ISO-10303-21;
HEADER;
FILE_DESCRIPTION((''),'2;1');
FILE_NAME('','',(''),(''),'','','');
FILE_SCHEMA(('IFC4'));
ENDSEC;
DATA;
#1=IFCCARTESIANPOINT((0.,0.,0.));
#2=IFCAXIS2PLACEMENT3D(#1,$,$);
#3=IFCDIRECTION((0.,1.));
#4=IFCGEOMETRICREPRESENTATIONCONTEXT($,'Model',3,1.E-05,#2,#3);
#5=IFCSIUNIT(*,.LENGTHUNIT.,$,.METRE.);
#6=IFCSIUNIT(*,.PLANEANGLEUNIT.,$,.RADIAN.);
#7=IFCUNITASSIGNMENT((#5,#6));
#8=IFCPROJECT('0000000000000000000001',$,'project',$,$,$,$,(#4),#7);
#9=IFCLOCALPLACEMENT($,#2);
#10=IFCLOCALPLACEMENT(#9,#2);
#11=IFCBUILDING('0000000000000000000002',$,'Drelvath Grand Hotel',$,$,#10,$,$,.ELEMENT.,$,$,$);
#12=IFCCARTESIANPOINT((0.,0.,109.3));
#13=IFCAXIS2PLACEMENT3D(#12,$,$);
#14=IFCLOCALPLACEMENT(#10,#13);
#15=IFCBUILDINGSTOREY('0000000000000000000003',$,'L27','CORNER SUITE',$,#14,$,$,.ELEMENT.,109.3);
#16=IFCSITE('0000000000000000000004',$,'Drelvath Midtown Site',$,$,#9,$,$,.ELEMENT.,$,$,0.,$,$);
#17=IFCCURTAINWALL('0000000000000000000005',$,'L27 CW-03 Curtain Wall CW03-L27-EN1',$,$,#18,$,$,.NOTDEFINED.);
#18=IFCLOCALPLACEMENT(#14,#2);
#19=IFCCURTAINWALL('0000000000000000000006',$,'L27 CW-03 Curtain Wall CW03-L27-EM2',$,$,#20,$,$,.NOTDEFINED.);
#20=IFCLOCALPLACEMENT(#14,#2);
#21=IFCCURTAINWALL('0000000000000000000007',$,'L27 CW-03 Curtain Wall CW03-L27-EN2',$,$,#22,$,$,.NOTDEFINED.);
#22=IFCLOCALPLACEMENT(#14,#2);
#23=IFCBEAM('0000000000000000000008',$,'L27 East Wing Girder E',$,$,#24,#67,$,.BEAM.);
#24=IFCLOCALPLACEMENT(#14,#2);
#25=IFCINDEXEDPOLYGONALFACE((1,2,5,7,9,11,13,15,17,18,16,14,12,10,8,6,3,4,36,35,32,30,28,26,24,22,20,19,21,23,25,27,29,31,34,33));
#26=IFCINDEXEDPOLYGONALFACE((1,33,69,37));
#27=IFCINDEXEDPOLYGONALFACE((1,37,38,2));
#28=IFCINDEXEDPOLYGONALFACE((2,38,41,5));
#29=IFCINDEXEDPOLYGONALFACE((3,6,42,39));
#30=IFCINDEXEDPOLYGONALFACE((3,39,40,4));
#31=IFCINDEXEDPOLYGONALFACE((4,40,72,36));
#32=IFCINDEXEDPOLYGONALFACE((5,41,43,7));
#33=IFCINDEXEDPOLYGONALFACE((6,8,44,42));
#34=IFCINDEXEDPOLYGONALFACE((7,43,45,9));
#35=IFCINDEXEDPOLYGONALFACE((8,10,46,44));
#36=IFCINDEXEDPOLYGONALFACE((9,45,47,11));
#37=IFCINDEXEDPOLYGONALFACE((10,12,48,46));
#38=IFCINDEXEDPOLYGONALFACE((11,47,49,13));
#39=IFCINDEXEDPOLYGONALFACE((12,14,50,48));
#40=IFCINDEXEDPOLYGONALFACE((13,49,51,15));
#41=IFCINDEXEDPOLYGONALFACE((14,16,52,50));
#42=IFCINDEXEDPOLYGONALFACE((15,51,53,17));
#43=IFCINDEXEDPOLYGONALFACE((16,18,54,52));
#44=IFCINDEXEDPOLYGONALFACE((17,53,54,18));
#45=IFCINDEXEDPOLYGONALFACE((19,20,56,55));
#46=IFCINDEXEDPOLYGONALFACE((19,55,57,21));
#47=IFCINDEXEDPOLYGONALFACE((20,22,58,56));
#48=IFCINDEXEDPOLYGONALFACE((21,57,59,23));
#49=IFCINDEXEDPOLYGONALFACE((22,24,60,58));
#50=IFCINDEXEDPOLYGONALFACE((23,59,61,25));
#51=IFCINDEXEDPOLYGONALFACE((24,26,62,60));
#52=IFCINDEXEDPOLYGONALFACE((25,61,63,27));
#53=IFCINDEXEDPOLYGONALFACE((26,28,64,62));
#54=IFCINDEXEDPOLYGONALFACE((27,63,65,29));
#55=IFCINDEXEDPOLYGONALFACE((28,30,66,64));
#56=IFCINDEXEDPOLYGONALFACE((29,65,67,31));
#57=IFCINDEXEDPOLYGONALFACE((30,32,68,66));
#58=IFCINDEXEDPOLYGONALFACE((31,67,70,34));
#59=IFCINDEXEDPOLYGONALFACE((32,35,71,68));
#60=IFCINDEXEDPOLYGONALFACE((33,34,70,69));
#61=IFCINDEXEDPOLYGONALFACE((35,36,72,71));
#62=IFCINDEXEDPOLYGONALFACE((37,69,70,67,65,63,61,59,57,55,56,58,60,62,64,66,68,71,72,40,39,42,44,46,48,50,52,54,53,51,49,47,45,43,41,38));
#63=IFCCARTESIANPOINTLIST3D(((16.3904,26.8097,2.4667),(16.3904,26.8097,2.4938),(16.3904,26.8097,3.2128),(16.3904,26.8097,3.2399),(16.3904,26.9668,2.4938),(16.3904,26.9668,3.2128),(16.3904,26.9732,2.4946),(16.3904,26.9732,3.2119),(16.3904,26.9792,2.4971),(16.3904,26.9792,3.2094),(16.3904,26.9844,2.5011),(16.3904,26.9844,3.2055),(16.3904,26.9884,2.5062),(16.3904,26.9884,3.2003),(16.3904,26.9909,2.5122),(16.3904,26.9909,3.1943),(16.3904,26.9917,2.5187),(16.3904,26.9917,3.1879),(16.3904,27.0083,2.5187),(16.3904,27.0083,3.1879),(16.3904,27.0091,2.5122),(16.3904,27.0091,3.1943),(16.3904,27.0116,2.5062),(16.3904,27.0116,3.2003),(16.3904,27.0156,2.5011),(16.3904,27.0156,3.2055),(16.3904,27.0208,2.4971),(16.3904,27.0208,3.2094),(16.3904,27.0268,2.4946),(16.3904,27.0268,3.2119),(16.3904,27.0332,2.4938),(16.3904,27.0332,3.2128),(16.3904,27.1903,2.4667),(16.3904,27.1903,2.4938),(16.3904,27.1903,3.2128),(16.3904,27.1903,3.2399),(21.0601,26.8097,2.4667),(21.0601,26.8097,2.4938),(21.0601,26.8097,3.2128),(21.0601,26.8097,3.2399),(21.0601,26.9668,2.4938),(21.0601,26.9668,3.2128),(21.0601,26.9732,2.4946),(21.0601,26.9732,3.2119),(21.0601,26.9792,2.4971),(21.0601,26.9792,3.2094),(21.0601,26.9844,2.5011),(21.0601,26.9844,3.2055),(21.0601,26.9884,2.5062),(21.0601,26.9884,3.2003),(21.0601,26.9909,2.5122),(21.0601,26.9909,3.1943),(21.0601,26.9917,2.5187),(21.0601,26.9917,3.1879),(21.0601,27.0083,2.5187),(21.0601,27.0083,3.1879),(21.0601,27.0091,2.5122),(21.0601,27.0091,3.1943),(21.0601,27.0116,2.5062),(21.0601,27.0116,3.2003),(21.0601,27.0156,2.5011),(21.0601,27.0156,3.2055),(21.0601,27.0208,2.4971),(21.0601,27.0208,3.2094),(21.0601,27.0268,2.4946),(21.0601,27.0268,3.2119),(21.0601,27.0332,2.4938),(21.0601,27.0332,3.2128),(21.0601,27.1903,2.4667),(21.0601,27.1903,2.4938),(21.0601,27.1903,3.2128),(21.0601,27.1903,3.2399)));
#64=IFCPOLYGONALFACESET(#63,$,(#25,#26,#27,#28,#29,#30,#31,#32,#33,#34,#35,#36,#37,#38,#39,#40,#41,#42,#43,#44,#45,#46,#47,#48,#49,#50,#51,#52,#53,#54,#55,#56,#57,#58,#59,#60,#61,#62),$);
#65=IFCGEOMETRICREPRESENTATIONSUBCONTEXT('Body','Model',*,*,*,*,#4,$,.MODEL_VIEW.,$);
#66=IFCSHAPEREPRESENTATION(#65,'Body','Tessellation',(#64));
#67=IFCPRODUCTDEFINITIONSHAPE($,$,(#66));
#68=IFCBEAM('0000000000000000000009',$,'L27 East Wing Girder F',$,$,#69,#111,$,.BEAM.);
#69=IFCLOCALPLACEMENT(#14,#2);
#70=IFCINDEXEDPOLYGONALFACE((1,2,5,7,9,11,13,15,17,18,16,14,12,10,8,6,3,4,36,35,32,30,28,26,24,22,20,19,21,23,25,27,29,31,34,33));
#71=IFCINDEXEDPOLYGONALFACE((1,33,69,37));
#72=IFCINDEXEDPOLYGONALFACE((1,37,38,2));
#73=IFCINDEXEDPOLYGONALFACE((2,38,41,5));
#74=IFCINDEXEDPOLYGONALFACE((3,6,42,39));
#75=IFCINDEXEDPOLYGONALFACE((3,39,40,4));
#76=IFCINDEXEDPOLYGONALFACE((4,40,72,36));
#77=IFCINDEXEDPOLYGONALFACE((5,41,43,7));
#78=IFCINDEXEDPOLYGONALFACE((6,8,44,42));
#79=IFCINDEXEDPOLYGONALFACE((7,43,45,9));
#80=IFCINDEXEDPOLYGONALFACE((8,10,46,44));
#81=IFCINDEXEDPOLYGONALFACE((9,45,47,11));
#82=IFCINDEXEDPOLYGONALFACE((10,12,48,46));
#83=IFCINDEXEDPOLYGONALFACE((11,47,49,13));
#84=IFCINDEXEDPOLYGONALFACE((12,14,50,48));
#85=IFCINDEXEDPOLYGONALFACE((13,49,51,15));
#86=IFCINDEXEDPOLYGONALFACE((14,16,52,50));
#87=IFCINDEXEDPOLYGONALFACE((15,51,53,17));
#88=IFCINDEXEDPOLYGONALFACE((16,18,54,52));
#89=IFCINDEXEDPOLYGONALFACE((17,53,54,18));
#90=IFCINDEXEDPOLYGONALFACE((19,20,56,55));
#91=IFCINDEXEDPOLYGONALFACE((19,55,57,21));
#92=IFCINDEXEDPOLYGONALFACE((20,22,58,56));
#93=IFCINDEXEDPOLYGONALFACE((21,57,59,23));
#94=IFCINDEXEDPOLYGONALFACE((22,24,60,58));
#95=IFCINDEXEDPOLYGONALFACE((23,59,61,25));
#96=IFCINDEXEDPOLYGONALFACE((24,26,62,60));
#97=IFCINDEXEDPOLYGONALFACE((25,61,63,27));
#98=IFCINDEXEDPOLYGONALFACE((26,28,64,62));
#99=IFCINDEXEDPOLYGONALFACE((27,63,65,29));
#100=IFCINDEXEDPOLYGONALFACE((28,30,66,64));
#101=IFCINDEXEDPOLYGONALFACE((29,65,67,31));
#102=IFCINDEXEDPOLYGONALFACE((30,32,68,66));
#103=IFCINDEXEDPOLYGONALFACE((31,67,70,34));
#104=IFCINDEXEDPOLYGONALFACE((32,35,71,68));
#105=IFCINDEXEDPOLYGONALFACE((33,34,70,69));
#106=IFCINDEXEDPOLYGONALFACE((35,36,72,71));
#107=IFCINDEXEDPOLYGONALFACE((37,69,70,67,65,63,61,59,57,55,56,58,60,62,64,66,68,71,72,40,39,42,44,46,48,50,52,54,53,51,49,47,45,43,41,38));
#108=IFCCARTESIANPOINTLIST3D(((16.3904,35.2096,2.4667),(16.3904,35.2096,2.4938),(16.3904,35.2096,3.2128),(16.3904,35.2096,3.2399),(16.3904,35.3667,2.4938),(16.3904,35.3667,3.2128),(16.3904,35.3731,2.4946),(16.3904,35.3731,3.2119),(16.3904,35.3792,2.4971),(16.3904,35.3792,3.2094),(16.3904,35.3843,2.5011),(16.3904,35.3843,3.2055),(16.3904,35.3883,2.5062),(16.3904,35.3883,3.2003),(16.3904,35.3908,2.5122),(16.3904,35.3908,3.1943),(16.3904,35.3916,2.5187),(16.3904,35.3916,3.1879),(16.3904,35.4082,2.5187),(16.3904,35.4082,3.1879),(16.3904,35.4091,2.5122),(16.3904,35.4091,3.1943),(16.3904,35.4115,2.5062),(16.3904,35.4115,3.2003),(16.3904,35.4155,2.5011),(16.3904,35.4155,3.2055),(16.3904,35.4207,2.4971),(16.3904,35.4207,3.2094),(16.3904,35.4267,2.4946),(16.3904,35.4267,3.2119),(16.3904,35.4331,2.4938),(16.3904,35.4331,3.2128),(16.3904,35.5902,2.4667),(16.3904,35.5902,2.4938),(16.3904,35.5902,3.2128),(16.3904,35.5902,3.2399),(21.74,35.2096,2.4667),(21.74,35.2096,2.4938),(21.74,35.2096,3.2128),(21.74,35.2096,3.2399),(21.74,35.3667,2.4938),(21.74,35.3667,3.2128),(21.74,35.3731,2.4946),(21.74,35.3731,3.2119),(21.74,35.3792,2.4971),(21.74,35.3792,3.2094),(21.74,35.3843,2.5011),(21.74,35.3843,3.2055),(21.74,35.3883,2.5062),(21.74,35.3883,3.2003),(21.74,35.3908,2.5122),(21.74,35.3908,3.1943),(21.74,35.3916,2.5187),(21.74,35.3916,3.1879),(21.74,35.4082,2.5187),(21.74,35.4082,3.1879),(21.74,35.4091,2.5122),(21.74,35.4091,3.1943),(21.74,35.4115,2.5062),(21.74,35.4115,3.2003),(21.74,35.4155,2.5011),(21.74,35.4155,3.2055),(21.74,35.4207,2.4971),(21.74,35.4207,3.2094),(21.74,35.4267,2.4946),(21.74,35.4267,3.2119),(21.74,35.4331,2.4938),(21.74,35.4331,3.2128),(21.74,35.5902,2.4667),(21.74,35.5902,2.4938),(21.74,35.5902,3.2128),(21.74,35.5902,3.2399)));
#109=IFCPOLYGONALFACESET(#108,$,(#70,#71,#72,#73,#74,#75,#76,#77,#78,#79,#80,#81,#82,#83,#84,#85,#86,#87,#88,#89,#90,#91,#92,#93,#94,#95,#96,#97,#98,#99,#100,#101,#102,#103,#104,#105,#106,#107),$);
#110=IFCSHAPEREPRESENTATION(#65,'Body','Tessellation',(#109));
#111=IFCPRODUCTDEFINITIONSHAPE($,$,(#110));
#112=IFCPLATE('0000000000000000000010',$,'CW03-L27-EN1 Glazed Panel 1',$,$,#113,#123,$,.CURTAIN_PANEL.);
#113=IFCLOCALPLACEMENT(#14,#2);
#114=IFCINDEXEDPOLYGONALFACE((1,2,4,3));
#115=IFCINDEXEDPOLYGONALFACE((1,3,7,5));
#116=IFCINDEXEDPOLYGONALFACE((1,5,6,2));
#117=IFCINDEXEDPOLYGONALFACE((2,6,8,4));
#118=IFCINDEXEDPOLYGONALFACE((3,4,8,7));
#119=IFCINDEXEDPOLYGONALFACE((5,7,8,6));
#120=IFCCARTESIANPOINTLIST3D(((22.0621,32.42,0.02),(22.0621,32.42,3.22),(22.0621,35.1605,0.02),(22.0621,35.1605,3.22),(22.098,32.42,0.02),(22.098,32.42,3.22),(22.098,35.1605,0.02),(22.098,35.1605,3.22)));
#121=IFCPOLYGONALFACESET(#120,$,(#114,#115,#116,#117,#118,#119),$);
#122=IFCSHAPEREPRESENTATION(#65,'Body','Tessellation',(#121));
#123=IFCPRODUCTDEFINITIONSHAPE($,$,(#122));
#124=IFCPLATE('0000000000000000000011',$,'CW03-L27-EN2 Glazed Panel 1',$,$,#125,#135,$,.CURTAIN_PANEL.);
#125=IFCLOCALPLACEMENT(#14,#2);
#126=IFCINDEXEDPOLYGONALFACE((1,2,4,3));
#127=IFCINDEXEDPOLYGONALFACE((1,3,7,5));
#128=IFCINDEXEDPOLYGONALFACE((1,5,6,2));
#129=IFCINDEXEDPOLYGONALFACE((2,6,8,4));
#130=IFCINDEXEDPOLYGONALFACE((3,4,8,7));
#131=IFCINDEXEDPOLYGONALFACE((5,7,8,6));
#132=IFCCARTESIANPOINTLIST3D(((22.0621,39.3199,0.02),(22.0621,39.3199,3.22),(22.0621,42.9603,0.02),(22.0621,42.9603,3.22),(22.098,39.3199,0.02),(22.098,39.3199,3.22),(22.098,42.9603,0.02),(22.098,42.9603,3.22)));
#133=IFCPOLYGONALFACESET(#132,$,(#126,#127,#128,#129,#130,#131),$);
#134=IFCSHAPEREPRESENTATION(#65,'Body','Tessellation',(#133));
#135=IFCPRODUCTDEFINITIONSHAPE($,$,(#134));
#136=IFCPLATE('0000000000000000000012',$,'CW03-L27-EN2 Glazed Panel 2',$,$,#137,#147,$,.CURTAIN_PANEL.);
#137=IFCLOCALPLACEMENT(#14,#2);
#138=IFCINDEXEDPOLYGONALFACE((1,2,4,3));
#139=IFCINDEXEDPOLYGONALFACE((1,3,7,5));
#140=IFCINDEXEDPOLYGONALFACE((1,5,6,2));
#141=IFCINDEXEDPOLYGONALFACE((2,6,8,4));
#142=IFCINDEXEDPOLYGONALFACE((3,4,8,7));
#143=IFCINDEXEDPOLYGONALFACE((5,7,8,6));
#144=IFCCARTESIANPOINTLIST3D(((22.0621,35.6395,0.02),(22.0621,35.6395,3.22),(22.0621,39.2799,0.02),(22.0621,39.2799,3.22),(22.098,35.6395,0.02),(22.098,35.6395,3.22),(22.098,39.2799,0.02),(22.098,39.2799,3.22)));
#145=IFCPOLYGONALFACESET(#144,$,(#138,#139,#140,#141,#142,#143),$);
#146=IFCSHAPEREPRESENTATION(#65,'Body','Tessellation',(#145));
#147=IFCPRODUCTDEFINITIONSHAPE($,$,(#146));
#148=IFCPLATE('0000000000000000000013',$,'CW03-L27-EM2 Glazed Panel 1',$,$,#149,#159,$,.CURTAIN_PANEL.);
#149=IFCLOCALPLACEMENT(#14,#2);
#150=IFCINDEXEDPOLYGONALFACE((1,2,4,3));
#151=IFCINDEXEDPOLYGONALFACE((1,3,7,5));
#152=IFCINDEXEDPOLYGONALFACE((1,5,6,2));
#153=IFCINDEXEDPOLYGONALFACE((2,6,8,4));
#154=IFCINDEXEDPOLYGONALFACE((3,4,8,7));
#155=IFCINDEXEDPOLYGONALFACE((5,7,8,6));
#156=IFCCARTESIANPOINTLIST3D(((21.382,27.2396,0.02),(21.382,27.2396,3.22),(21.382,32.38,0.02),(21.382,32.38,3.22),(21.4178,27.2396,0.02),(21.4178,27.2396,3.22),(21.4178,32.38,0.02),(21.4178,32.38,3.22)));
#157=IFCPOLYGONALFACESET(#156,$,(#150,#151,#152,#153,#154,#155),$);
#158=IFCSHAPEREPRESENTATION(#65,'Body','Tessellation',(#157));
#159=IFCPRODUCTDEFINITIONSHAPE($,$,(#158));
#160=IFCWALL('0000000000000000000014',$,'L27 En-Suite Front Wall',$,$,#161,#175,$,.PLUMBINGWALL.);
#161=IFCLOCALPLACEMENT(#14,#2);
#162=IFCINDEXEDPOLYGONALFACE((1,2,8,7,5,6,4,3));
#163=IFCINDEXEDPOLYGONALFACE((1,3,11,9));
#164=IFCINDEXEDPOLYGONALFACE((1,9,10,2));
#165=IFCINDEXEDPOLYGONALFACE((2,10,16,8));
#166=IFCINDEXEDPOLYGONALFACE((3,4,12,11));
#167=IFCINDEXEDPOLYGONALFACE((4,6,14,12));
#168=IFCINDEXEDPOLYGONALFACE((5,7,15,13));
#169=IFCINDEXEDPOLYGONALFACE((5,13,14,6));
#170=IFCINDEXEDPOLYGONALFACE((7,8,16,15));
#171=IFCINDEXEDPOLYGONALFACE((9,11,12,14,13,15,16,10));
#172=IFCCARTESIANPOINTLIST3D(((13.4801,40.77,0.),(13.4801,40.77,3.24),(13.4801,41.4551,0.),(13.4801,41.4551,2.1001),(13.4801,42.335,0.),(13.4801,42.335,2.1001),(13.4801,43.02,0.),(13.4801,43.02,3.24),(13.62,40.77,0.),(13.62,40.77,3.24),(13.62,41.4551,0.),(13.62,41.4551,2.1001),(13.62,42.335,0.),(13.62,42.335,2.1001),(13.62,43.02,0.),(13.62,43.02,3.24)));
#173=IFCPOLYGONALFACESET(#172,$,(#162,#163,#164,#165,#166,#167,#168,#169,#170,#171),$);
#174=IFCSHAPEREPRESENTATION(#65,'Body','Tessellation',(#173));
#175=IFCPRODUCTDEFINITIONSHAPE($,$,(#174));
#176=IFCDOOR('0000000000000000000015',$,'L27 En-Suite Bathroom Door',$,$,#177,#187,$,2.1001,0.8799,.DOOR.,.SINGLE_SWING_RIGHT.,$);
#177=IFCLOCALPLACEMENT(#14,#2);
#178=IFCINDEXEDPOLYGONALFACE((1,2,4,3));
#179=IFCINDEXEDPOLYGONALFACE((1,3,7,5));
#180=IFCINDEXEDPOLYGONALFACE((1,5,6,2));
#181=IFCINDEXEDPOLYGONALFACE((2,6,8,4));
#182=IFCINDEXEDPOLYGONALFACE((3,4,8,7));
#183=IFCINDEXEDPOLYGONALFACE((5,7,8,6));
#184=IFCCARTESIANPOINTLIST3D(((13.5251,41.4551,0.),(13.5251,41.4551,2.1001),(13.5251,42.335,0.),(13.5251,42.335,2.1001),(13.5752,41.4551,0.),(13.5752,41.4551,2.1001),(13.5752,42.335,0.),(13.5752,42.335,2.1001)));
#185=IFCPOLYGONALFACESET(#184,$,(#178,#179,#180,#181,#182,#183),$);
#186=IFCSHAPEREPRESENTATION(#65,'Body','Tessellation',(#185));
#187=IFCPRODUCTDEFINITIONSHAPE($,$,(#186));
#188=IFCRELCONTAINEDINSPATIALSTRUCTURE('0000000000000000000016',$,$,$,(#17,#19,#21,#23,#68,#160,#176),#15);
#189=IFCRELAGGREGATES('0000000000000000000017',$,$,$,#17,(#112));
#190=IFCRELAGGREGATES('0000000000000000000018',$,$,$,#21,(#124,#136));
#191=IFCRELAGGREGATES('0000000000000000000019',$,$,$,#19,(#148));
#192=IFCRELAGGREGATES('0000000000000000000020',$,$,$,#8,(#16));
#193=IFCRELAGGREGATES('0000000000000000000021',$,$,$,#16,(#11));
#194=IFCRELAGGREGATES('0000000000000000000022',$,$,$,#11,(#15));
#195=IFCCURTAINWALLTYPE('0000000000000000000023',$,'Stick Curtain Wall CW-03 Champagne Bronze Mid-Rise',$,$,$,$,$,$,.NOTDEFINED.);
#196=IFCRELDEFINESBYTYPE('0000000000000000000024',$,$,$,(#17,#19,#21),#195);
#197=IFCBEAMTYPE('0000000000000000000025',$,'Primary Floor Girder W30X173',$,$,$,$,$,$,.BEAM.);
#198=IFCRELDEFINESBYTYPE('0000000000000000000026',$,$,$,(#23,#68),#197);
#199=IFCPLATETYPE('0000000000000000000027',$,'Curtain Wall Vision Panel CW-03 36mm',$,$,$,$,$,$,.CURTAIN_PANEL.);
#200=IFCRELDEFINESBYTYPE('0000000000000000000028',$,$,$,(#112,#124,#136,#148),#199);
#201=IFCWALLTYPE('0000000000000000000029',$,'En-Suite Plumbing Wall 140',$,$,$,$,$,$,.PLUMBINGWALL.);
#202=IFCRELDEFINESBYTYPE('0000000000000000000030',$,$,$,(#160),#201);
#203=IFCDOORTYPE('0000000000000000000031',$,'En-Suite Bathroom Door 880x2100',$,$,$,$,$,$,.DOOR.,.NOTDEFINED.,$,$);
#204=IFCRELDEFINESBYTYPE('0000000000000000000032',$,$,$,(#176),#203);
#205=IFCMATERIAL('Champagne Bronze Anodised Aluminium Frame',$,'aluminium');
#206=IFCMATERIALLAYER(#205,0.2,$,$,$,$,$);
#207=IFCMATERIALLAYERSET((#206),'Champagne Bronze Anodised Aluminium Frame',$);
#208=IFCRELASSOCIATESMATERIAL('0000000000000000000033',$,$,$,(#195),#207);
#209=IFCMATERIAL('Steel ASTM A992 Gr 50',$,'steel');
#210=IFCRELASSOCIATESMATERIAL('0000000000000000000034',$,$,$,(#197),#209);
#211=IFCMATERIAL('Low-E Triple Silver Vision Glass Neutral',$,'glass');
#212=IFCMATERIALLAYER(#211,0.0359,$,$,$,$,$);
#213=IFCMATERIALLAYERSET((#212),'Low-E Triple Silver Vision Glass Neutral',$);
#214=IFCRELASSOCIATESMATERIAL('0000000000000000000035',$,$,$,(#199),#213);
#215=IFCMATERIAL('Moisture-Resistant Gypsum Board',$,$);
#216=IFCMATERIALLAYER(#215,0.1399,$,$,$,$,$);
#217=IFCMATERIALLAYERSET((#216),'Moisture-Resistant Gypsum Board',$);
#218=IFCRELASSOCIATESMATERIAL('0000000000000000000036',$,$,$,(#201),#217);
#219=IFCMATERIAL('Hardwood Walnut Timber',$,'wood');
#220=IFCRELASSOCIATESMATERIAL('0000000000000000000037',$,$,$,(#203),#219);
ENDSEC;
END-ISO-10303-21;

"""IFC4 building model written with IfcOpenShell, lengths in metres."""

from ifc_helpers import new_model, si_unit, direction, frame, frame_2d, origin, origin_2d, place, context, subcontext, project, spatial, rectangle, i_section, extrude, material, layer, layer_set, material_profile, profile_set, type_object, element, fill, aggregate, save


model = new_model("IFC4")

# Units and contexts
model_context = context("Model", 3, precision=1e-05, world=origin(), true_north=direction((0.0, 1.0)))
body_context = subcontext(model_context, "Body", "Model", "MODEL_VIEW")
ifc_project = project(units=[si_unit("LENGTHUNIT", "METRE"), si_unit("PLANEANGLEUNIT", "RADIAN")], contexts=[model_context])

# Site, building, storey
site_placement = place(None, origin())
site = spatial("IfcSite", under=ifc_project, at=site_placement, Name="Drelvath Midtown Site", CompositionType="ELEMENT", RefElevation=0.0)
building_placement = place(site_placement, origin())
building = spatial("IfcBuilding", under=site, at=building_placement, Name="Drelvath Grand Hotel", CompositionType="ELEMENT")
storey_placement = place(building_placement, frame((0.0, 0.0, 109.3)))
storey = spatial("IfcBuildingStorey", under=building, at=storey_placement, Name="L27", Description="CORNER SUITE", CompositionType="ELEMENT", Elevation=109.3)

# Curtain walls
ifc_material_1 = material(Name="Champagne Bronze Anodised Aluminium Frame", Category="aluminium")
ifc_layer_1 = layer(ifc_material_1, 0.2)
ifc_layer_set_1 = layer_set([ifc_layer_1], Name="Champagne Bronze Anodised Aluminium Frame")
curtain_wall_type = type_object("IfcCurtainWallType", Name="Stick Curtain Wall CW-03 Champagne Bronze Mid-Rise", PredefinedType="NOTDEFINED", material=ifc_layer_set_1)
curtain_wall_1_placement = place(storey_placement, origin())
curtain_wall_1 = element("IfcCurtainWall", 1, at=curtain_wall_1_placement, inside=storey, type_object=curtain_wall_type, Name="L27 CW-03 Curtain Wall CW03-L27-EN1", PredefinedType="NOTDEFINED")
curtain_wall_2_placement = place(storey_placement, origin())
curtain_wall_2 = element("IfcCurtainWall", 2, at=curtain_wall_2_placement, inside=storey, type_object=curtain_wall_type, Name="L27 CW-03 Curtain Wall CW03-L27-EM2", PredefinedType="NOTDEFINED")

# Curtain wall
curtain_wall_3_placement = place(storey_placement, origin())
curtain_wall_3 = element("IfcCurtainWall", 3, at=curtain_wall_3_placement, inside=storey, type_object=curtain_wall_type, Name="L27 CW-03 Curtain Wall CW03-L27-EN2", PredefinedType="NOTDEFINED")

# Beams
ifc_material_2 = material(Name="Steel ASTM A992 Gr 50", Category="steel")
ifc_material_profile_1 = material_profile(ifc_material_2, i_section(OverallWidth=0.3806, OverallDepth=0.7732, WebThickness=0.0166, FlangeThickness=0.0271, FilletRadius=0.0249, at=origin_2d()), Name="W30X173")
ifc_profile_set_1 = profile_set([ifc_material_profile_1], Name="Steel ASTM A992 Gr 50")
beam_type_1 = type_object("IfcBeamType", Name="Primary Floor Girder W30X173", PredefinedType="BEAM", material=ifc_profile_set_1)
beam_1_placement = place(storey_placement, frame((16.3904, 27.0, 2.8533), z_axis=(1.0, 0.0, 0.0), x_axis=(0.0, 1.0, 0.0)))
element("IfcBeam", 4, at=beam_1_placement, inside=storey, type_object=beam_type_1, Name="L27 East Wing Girder E", PredefinedType="BEAM", context=body_context, shape_type="SweptSolid", body=[
    extrude(i_section(OverallWidth=0.3806, OverallDepth=0.7732, WebThickness=0.0166, FlangeThickness=0.0271, FilletRadius=0.0249, at=origin_2d()), origin(), (0.0, 0.0, 1.0), 4.6697),
])
beam_2_placement = place(storey_placement, frame((16.3904, 35.3999, 2.8533), z_axis=(1.0, 0.0, 0.0), x_axis=(0.0, 1.0, 0.0)))
element("IfcBeam", 5, at=beam_2_placement, inside=storey, type_object=beam_type_1, Name="L27 East Wing Girder F", PredefinedType="BEAM", context=body_context, shape_type="SweptSolid", body=[
    extrude(i_section(OverallWidth=0.3806, OverallDepth=0.7732, WebThickness=0.0166, FlangeThickness=0.0271, FilletRadius=0.0249, at=origin_2d()), origin(), (0.0, 0.0, 1.0), 5.3496),
])

# Plates
ifc_material_3 = material(Name="Low-E Triple Silver Vision Glass Neutral", Category="glass")
ifc_layer_2 = layer(ifc_material_3, 0.0359)
ifc_layer_set_2 = layer_set([ifc_layer_2], Name="Low-E Triple Silver Vision Glass Neutral")
plate_type = type_object("IfcPlateType", Name="Curtain Wall Vision Panel CW-03 36mm", PredefinedType="CURTAIN_PANEL", material=ifc_layer_set_2)
plate_1_placement = place(storey_placement, frame((22.0801, 33.7903, 0.02), z_axis=(0.0, 0.0, 1.0), x_axis=(0.0, -1.0, 0.0)))
plate_1 = element("IfcPlate", 6, at=plate_1_placement, type_object=plate_type, Name="CW03-L27-EN1 Glazed Panel 1", PredefinedType="CURTAIN_PANEL", context=body_context, shape_type="SweptSolid", body=[
    extrude(rectangle(XDim=2.7405, YDim=0.0359, at=origin_2d()), origin(), (0.0, 0.0, 1.0), 3.2),
])
aggregate(curtain_wall_1, [plate_1])
plate_2_placement = place(storey_placement, frame((22.0801, 41.1401, 0.02), z_axis=(0.0, 0.0, 1.0), x_axis=(0.0, -1.0, 0.0)))
plate_2 = element("IfcPlate", 7, at=plate_2_placement, type_object=plate_type, Name="CW03-L27-EN2 Glazed Panel 1", PredefinedType="CURTAIN_PANEL", context=body_context, shape_type="SweptSolid", body=[
    extrude(rectangle(XDim=3.6404, YDim=0.0359, at=origin_2d()), origin(), (0.0, 0.0, 1.0), 3.2),
])
plate_3_placement = place(storey_placement, frame((22.0801, 37.4597, 0.02), z_axis=(0.0, 0.0, 1.0), x_axis=(0.0, -1.0, 0.0)))
plate_3 = element("IfcPlate", 8, at=plate_3_placement, type_object=plate_type, Name="CW03-L27-EN2 Glazed Panel 2", PredefinedType="CURTAIN_PANEL", context=body_context, shape_type="SweptSolid", body=[
    extrude(rectangle(XDim=3.6404, YDim=0.0359, at=origin_2d()), origin(), (0.0, 0.0, 1.0), 3.2),
])
aggregate(curtain_wall_3, [plate_2, plate_3])
plate_4_placement = place(storey_placement, frame((21.3999, 29.8098, 0.02), z_axis=(0.0, 0.0, 1.0), x_axis=(0.0, -1.0, 0.0)))
plate_4 = element("IfcPlate", 9, at=plate_4_placement, type_object=plate_type, Name="CW03-L27-EM2 Glazed Panel 1", PredefinedType="CURTAIN_PANEL", context=body_context, shape_type="SweptSolid", body=[
    extrude(rectangle(XDim=5.1404, YDim=0.0359, at=origin_2d()), origin(), (0.0, 0.0, 1.0), 3.2),
])
aggregate(curtain_wall_2, [plate_4])

# Wall, opening, door
ifc_material_4 = material(Name="Moisture-Resistant Gypsum Board")
ifc_layer_3 = layer(ifc_material_4, 0.1399)
ifc_layer_set_3 = layer_set([ifc_layer_3], Name="Moisture-Resistant Gypsum Board")
wall_type_1 = type_object("IfcWallType", Name="En-Suite Plumbing Wall 140", PredefinedType="PLUMBINGWALL", material=ifc_layer_set_3)
wall_1_placement = place(storey_placement, frame((13.55, 40.77, 0.0), z_axis=(0.0, 0.0, 1.0), x_axis=(0.0, 1.0, 0.0)))
wall_1 = element("IfcWall", 10, at=wall_1_placement, inside=storey, type_object=wall_type_1, Name="L27 En-Suite Front Wall", PredefinedType="PLUMBINGWALL", context=body_context, shape_type="SweptSolid", body=[
    extrude(rectangle(XDim=2.25, YDim=0.1399, at=frame_2d((1.125, 0.0))), origin(), (0.0, 0.0, 1.0), 3.24),
])
opening_placement = place(wall_1_placement, frame((0.6851, 0.0, 0.0)))
opening = element("IfcOpeningElement", 11, at=opening_placement, cuts=wall_1, PredefinedType="OPENING", context=body_context, shape_type="SweptSolid", body=[
    extrude(rectangle(XDim=0.8799, YDim=2.1001, at=frame_2d((0.4399, 1.05))), frame((0.0, 0.0798, 0.0), z_axis=(0.0, -1.0, 0.0), x_axis=(1.0, 0.0, 0.0)), (0.0, 0.0, 1.0), 0.1599),
])
ifc_material_5 = material(Name="Hardwood Walnut Timber", Category="wood")
door_type = type_object("IfcDoorType", Name="En-Suite Bathroom Door 880x2100", OperationType="NOTDEFINED", PredefinedType="DOOR", material=ifc_material_5)
door_placement = place(opening_placement, origin())
door = element("IfcDoor", 12, at=door_placement, inside=storey, type_object=door_type, Name="L27 En-Suite Bathroom Door", OperationType="SINGLE_SWING_RIGHT", OverallHeight=2.1001, OverallWidth=0.8799, PredefinedType="DOOR", context=body_context, shape_type="SweptSolid", body=[
    extrude(rectangle(XDim=0.8799, YDim=2.1001, at=frame_2d((0.4399, 1.05))), frame((0.0, 0.0249, 0.0), z_axis=(0.0, -1.0, 0.0), x_axis=(1.0, 0.0, 0.0)), (0.0, 0.0, 1.0), 0.05),
])
fill(opening, door)

save(model, "model.ifc")
